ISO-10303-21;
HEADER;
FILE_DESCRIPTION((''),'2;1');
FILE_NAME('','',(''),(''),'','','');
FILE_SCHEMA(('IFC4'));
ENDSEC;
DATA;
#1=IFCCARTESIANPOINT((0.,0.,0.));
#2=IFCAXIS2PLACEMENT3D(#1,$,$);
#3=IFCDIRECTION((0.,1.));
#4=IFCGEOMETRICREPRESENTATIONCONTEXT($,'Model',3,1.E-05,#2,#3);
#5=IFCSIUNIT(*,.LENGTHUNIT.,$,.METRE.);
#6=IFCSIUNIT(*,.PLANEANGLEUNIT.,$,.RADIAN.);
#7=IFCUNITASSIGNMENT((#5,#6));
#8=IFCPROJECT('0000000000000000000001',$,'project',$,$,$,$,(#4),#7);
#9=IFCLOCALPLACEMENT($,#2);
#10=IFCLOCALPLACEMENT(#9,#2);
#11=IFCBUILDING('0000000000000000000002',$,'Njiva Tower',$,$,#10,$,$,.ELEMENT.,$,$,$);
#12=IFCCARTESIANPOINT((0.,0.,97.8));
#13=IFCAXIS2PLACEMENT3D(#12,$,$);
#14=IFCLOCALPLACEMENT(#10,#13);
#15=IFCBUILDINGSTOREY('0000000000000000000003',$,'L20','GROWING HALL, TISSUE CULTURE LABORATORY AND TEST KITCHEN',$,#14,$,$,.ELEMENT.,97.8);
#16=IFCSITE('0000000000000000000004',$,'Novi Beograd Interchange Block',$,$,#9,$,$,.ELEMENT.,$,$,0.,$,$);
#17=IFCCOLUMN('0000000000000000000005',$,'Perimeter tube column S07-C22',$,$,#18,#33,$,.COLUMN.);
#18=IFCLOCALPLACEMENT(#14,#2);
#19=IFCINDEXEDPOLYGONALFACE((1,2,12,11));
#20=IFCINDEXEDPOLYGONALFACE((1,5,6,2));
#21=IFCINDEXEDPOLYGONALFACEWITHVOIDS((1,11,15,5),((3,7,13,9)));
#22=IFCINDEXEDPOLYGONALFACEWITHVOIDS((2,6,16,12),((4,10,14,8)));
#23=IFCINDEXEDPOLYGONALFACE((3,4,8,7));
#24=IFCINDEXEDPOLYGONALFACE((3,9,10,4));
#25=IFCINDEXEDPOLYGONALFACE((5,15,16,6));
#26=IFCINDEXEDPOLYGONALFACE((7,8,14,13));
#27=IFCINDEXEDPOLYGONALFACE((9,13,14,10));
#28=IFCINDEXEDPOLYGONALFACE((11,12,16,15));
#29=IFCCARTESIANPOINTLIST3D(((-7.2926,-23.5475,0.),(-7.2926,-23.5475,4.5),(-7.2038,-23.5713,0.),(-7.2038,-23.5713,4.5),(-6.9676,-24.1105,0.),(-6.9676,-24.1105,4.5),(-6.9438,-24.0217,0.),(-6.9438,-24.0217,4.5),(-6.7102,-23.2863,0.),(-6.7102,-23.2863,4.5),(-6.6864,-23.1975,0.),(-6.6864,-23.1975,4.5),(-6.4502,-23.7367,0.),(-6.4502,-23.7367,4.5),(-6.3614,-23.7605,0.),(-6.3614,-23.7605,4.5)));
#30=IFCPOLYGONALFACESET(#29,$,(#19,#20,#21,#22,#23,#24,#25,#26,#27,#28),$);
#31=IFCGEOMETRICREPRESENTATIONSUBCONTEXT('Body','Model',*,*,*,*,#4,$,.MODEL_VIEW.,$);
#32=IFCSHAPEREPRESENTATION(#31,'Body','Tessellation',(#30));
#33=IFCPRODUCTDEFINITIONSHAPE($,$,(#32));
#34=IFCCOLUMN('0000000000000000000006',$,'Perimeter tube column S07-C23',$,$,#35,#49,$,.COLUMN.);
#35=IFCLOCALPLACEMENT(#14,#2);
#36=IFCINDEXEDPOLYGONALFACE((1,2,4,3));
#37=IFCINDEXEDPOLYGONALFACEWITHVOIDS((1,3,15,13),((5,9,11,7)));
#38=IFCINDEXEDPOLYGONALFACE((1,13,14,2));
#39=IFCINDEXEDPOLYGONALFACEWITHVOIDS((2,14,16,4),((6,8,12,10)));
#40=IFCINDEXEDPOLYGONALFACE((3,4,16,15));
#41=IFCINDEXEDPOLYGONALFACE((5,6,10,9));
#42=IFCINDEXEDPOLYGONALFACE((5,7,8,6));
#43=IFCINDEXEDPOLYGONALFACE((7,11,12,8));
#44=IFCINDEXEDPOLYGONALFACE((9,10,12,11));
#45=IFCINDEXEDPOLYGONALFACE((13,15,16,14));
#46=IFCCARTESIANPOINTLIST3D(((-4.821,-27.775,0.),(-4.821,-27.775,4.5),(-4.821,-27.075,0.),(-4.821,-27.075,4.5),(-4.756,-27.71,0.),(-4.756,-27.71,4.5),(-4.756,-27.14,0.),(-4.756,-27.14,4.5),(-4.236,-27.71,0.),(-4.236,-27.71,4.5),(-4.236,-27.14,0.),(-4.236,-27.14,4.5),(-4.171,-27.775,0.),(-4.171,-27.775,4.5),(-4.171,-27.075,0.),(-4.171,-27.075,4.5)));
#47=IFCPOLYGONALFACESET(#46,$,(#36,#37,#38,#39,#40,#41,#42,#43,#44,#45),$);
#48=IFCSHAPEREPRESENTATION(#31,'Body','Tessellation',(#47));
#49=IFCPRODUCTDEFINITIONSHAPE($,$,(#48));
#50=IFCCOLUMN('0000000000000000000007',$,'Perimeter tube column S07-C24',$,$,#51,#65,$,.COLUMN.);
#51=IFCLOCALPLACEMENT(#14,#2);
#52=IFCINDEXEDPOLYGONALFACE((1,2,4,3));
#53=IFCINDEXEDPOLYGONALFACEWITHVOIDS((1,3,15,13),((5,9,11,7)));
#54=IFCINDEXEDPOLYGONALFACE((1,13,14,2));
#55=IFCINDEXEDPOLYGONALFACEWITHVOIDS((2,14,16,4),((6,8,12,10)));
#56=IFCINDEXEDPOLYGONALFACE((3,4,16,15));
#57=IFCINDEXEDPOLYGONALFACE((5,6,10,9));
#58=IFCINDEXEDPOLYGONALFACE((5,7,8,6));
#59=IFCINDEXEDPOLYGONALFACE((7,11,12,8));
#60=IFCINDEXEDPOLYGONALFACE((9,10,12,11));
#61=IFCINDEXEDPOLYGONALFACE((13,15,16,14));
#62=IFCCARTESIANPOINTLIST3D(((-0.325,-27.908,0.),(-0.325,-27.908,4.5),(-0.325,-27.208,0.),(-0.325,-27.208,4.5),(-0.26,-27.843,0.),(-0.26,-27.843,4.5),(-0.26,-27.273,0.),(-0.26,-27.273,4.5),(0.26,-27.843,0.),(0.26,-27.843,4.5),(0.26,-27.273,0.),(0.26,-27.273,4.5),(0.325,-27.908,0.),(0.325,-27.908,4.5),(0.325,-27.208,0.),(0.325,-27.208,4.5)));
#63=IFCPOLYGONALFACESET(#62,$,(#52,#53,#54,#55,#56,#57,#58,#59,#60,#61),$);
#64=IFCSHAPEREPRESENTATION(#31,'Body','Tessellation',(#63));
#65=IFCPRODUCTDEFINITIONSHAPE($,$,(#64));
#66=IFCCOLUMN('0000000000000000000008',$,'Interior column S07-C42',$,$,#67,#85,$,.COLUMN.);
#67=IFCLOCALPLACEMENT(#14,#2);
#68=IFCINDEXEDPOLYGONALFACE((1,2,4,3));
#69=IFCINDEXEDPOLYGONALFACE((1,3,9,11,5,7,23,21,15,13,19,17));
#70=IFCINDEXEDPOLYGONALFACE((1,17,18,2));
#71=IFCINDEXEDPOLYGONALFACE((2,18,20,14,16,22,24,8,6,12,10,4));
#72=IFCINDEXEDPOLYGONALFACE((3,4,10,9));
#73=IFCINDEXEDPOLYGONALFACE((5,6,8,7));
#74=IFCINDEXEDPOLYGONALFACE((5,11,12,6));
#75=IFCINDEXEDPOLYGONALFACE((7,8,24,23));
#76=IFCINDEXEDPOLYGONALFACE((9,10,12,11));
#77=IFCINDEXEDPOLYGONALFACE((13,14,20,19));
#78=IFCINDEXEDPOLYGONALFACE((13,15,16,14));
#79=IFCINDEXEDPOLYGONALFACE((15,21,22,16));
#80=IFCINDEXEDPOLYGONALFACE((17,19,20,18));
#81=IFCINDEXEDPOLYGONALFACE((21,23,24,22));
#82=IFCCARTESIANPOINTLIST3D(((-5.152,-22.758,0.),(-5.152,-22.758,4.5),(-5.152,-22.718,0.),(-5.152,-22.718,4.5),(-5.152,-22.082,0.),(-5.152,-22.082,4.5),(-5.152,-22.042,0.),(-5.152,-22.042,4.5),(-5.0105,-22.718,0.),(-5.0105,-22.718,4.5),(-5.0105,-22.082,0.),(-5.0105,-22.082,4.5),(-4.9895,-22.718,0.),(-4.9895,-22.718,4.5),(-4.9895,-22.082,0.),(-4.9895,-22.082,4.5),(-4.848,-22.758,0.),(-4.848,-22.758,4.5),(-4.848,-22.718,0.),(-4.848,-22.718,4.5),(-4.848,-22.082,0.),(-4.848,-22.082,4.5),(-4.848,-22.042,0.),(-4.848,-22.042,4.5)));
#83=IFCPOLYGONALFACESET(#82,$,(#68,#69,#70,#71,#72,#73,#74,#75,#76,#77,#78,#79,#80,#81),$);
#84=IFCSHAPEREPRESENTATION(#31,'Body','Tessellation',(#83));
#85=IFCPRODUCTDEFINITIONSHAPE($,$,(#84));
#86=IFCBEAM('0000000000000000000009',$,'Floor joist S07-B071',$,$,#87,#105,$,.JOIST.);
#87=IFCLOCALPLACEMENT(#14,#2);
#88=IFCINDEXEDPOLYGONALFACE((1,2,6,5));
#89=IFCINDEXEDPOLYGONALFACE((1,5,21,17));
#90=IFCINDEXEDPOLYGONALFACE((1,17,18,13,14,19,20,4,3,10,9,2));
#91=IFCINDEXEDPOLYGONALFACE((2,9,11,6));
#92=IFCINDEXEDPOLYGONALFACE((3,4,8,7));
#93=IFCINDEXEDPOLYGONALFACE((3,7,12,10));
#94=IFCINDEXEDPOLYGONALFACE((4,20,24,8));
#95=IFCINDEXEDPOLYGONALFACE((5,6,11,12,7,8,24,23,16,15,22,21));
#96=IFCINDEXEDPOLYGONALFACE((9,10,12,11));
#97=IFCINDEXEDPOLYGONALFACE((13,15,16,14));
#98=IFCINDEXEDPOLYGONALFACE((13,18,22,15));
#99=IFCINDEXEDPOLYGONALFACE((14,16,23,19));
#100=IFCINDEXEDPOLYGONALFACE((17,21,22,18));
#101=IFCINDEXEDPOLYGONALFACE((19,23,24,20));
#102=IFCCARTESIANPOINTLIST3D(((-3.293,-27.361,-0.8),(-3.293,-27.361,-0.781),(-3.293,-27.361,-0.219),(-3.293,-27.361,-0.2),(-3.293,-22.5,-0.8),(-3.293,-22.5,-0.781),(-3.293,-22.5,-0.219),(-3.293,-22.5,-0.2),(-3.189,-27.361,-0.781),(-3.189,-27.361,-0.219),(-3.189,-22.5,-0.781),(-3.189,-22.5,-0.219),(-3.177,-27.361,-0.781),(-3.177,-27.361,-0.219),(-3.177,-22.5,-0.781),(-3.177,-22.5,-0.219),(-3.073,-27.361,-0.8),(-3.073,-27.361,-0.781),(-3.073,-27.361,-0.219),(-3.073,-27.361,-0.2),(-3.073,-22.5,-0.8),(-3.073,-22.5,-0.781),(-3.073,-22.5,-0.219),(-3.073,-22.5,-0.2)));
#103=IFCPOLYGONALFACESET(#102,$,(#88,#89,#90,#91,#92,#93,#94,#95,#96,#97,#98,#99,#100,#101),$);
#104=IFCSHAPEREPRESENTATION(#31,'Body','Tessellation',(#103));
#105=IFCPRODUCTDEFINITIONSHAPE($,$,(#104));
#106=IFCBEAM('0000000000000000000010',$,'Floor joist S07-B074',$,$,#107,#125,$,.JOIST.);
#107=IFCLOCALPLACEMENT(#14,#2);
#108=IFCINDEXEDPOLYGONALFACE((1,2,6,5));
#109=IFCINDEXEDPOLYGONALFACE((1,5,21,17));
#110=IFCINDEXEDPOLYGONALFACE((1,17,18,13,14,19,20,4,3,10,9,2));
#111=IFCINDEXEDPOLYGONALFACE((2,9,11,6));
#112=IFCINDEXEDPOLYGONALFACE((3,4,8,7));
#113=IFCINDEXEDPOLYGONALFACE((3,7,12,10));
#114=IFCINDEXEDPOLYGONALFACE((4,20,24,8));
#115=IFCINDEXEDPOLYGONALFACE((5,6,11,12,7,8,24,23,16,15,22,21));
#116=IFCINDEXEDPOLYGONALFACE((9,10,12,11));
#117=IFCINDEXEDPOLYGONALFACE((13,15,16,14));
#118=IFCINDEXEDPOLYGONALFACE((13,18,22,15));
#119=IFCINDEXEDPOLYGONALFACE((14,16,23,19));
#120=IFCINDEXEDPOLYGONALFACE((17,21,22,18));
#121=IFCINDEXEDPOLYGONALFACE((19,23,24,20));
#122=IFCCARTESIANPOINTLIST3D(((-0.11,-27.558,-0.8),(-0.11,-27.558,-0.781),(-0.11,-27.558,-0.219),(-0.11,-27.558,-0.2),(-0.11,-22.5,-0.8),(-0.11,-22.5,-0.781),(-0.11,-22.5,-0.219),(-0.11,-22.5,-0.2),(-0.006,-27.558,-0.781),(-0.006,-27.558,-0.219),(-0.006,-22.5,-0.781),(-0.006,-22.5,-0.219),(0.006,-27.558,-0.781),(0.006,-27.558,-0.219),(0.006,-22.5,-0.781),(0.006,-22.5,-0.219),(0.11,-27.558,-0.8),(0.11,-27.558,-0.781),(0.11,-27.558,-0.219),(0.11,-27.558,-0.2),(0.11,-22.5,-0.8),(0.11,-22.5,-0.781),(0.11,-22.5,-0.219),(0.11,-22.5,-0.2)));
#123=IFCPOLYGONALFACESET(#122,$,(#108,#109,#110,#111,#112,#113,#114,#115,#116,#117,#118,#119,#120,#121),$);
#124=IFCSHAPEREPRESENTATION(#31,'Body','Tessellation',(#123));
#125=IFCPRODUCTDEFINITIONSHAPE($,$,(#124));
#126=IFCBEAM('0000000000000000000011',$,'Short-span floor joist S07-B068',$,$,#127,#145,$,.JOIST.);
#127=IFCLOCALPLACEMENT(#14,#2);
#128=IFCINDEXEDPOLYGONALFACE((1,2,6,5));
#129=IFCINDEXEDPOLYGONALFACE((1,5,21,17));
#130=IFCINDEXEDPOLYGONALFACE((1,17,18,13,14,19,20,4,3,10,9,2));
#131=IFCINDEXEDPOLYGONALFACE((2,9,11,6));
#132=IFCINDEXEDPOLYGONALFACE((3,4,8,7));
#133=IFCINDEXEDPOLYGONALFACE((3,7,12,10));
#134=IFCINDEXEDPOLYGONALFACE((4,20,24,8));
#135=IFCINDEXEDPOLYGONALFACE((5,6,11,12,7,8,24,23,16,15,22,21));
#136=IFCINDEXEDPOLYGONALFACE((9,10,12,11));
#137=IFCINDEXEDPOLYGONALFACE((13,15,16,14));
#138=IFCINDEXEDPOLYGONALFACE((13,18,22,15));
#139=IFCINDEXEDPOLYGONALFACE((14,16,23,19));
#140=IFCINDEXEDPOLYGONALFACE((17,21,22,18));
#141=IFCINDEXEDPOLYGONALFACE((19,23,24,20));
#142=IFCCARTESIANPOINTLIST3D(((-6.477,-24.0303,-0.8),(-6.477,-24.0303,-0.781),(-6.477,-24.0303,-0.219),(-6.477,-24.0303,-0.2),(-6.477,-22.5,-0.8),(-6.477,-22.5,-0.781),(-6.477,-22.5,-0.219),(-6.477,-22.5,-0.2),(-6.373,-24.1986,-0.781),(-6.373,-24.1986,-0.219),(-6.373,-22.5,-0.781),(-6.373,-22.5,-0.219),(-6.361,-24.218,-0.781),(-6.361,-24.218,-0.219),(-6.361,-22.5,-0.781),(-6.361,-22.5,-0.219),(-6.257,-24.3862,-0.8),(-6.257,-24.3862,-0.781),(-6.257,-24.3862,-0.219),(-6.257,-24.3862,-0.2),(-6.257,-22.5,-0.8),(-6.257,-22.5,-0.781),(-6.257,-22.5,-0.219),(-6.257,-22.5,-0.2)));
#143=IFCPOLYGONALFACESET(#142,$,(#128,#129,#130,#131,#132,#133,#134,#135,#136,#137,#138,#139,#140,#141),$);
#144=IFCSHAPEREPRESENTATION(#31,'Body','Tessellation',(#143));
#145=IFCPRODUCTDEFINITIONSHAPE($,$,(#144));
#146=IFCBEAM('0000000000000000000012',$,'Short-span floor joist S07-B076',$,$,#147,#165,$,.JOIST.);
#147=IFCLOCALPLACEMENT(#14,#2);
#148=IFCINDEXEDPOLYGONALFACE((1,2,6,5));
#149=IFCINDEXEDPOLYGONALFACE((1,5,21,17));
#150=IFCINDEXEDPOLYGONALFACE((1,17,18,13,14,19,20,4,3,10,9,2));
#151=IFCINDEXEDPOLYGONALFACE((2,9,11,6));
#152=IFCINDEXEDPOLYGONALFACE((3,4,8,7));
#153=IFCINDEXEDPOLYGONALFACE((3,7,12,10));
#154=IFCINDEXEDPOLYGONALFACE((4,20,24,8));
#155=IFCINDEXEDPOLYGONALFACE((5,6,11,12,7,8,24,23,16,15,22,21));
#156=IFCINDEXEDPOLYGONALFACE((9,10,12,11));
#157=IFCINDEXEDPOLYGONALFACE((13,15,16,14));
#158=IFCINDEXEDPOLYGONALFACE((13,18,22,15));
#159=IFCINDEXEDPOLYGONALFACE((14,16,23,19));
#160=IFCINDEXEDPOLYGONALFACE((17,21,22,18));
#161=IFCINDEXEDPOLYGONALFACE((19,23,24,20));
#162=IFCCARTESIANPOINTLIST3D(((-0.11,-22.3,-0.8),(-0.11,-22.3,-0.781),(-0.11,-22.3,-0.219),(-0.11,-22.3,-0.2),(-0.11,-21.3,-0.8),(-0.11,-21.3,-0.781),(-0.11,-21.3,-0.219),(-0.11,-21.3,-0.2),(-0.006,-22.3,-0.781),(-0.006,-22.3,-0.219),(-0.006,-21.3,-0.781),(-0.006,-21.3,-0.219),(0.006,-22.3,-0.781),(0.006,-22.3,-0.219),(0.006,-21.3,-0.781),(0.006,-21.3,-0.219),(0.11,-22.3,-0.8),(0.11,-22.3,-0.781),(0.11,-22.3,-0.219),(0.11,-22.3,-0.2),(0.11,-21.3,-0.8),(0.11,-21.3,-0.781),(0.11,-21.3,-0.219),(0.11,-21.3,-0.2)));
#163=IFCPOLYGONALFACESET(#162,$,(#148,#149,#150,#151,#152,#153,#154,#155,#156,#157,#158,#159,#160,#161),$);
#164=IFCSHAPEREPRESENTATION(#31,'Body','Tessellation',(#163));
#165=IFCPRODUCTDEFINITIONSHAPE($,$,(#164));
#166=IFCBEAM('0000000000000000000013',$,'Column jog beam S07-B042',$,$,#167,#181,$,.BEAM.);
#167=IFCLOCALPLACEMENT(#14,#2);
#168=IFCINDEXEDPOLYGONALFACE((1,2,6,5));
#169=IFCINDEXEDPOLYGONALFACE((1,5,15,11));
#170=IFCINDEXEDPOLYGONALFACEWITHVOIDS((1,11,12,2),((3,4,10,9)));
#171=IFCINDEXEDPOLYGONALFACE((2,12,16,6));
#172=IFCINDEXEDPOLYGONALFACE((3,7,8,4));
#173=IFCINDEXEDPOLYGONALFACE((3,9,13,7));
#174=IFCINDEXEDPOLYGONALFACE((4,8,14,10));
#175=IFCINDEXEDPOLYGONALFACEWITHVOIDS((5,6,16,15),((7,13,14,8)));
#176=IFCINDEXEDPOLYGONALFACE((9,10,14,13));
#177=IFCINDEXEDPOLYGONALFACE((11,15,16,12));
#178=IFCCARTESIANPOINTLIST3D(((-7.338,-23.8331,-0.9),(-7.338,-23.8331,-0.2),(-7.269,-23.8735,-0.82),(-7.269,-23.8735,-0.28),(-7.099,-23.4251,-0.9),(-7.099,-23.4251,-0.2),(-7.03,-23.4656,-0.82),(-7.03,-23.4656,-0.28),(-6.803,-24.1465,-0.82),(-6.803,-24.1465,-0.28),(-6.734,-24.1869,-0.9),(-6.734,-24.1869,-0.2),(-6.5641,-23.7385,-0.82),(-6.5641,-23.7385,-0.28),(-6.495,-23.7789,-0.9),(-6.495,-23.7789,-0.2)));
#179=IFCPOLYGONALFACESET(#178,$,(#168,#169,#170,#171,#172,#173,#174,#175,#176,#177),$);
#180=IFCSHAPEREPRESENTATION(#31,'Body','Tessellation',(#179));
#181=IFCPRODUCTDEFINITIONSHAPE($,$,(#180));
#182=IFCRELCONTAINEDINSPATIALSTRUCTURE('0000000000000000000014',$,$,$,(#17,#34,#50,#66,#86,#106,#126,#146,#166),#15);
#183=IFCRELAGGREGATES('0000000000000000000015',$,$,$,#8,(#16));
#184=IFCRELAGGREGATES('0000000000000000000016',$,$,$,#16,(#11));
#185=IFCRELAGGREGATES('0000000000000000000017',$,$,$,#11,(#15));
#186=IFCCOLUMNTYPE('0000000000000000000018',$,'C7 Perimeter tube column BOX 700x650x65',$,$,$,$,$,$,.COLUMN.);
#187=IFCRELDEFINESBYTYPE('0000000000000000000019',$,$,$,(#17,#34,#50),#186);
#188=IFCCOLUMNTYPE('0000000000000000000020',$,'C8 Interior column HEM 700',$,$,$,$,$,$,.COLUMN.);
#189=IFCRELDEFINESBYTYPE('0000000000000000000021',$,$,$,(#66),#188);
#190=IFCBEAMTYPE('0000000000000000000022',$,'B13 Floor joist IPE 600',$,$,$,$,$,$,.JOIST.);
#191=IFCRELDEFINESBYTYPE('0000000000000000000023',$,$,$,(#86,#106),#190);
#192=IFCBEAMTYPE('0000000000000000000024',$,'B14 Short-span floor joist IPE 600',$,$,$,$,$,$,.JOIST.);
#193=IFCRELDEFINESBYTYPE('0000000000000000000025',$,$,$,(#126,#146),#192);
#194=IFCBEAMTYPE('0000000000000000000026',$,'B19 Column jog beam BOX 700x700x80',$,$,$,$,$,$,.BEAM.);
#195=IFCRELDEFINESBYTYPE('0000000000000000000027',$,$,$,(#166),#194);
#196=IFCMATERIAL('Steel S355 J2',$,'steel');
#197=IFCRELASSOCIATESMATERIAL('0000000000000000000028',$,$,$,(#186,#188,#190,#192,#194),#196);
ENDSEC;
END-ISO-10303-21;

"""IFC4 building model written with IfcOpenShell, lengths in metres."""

from ifc_helpers import new_model, si_unit, direction, frame, origin, origin_2d, place, context, subcontext, project, spatial, hollow_rectangle, i_section, extrude, clip, halfspace, material, material_profile, profile_set, type_object, element, save


model = new_model("IFC4")

# Units and contexts
model_context = context("Model", 3, precision=1e-05, world=origin(), true_north=direction((0.0, 1.0)))
body_context = subcontext(model_context, "Body", "Model", "MODEL_VIEW")
ifc_project = project(units=[si_unit("LENGTHUNIT", "METRE"), si_unit("PLANEANGLEUNIT", "RADIAN")], contexts=[model_context])

# Site, building, storey
site_placement = place(None, origin())
site = spatial("IfcSite", under=ifc_project, at=site_placement, Name="Novi Beograd Interchange Block", CompositionType="ELEMENT", RefElevation=0.0)
building_placement = place(site_placement, origin())
building = spatial("IfcBuilding", under=site, at=building_placement, Name="Njiva Tower", CompositionType="ELEMENT")
storey_placement = place(building_placement, frame((0.0, 0.0, 97.8)))
storey = spatial("IfcBuildingStorey", under=building, at=storey_placement, Name="L20", Description="GROWING HALL, TISSUE CULTURE LABORATORY AND TEST KITCHEN", CompositionType="ELEMENT", Elevation=97.8)

# Columns
ifc_material_1 = material(Name="Steel S355 J2", Category="steel")
ifc_material_profile_1 = material_profile(ifc_material_1, hollow_rectangle(XDim=0.65, YDim=0.7, WallThickness=0.065, at=origin_2d()), Name="BOX 700x650x65")
ifc_profile_set_1 = profile_set([ifc_material_profile_1], Name="Steel S355 J2")
column_type_1 = type_object("IfcColumnType", Name="C7 Perimeter tube column BOX 700x650x65", PredefinedType="COLUMN", material=ifc_profile_set_1)
for number, where, z_axis, x_axis, name in (
    (1, (-6.827, -23.654, 0.0), (0.0, 0.0, 1.0), (0.5, -0.866025, 0.0), "Perimeter tube column S07-C22"),
    (2, (-4.496, -27.425, 0.0), (0.0, 0.0, 1.0), (1.0, 0.0, 0.0), "Perimeter tube column S07-C23"),
    (3, (0.0, -27.558, 0.0), (0.0, 0.0, 1.0), (1.0, 0.0, 0.0), "Perimeter tube column S07-C24"),
):
    element("IfcColumn", number, at=place(storey_placement, frame(where, z_axis=z_axis, x_axis=x_axis)), inside=storey, type_object=column_type_1, Name=name, PredefinedType="COLUMN", context=body_context, shape_type="SweptSolid", body=[
        extrude(hollow_rectangle(XDim=0.65, YDim=0.7, WallThickness=0.065, at=origin_2d()), origin(), (0.0, 0.0, 1.0), 4.5),
    ])
ifc_material_profile_2 = material_profile(ifc_material_1, i_section(OverallWidth=0.304, OverallDepth=0.716, WebThickness=0.021, FlangeThickness=0.04, at=origin_2d()), Name="HEM 700")
ifc_profile_set_2 = profile_set([ifc_material_profile_2], Name="Steel S355 J2")
column_type_2 = type_object("IfcColumnType", Name="C8 Interior column HEM 700", PredefinedType="COLUMN", material=ifc_profile_set_2)
column_placement = place(storey_placement, frame((-5.0, -22.4, 0.0), z_axis=(0.0, 0.0, 1.0), x_axis=(1.0, 0.0, 0.0)))
element("IfcColumn", 4, at=column_placement, inside=storey, type_object=column_type_2, Name="Interior column S07-C42", PredefinedType="COLUMN", context=body_context, shape_type="SweptSolid", body=[
    extrude(i_section(OverallWidth=0.304, OverallDepth=0.716, WebThickness=0.021, FlangeThickness=0.04, at=origin_2d()), origin(), (0.0, 0.0, 1.0), 4.5),
])

# Beams
ifc_material_profile_3 = material_profile(ifc_material_1, i_section(OverallWidth=0.22, OverallDepth=0.6, WebThickness=0.012, FlangeThickness=0.019, at=origin_2d()), Name="IPE 600")
ifc_profile_set_3 = profile_set([ifc_material_profile_3], Name="Steel S355 J2")
beam_type_1 = type_object("IfcBeamType", Name="B13 Floor joist IPE 600", PredefinedType="JOIST", material=ifc_profile_set_3)
beam_1_placement = place(storey_placement, frame((-3.183, -22.5, -0.5), z_axis=(0.0, -1.0, 0.0), x_axis=(1.0, 0.0, 0.0)))
element("IfcBeam", 5, at=beam_1_placement, inside=storey, type_object=beam_type_1, Name="Floor joist S07-B071", PredefinedType="JOIST", context=body_context, shape_type="SweptSolid", body=[
    extrude(i_section(OverallWidth=0.22, OverallDepth=0.6, WebThickness=0.012, FlangeThickness=0.019, at=origin_2d()), origin(), (0.0, 0.0, 1.0), 4.861),
])
beam_2_placement = place(storey_placement, frame((0.0, -22.5, -0.5), z_axis=(0.0, -1.0, 0.0), x_axis=(1.0, 0.0, 0.0)))
element("IfcBeam", 6, at=beam_2_placement, inside=storey, type_object=beam_type_1, Name="Floor joist S07-B074", PredefinedType="JOIST", context=body_context, shape_type="SweptSolid", body=[
    extrude(i_section(OverallWidth=0.22, OverallDepth=0.6, WebThickness=0.012, FlangeThickness=0.019, at=origin_2d()), origin(), (0.0, 0.0, 1.0), 5.058),
])
ifc_material_profile_4 = material_profile(ifc_material_1, i_section(OverallWidth=0.22, OverallDepth=0.6, WebThickness=0.012, FlangeThickness=0.019, at=origin_2d()), Name="IPE 600")
ifc_profile_set_4 = profile_set([ifc_material_profile_4], Name="Steel S355 J2")
beam_type_2 = type_object("IfcBeamType", Name="B14 Short-span floor joist IPE 600", PredefinedType="JOIST", material=ifc_profile_set_4)
beam_3_placement = place(storey_placement, frame((-6.367, -22.5, -0.5), z_axis=(0.0, -1.0, 0.0), x_axis=(1.0, 0.0, 0.0)))
element("IfcBeam", 7, at=beam_3_placement, inside=storey, type_object=beam_type_2, Name="Short-span floor joist S07-B068", PredefinedType="JOIST", context=body_context, shape_type="Clipping", body=[
    clip(extrude(i_section(OverallWidth=0.22, OverallDepth=0.6, WebThickness=0.012, FlangeThickness=0.019, at=origin_2d()), origin(), (0.0, 0.0, 1.0), 1.907), halfspace(frame((-0.0422, 0.0, 1.64), z_axis=(-0.85062, 0.0, 0.52578), x_axis=(0.0, 1.0, 0.0)), False)),
])
beam_4_placement = place(storey_placement, frame((0.0, -21.3, -0.5), z_axis=(0.0, -1.0, 0.0), x_axis=(1.0, 0.0, 0.0)))
element("IfcBeam", 8, at=beam_4_placement, inside=storey, type_object=beam_type_2, Name="Short-span floor joist S07-B076", PredefinedType="JOIST", context=body_context, shape_type="SweptSolid", body=[
    extrude(i_section(OverallWidth=0.22, OverallDepth=0.6, WebThickness=0.012, FlangeThickness=0.019, at=origin_2d()), origin(), (0.0, 0.0, 1.0), 1.0),
])
ifc_material_profile_5 = material_profile(ifc_material_1, hollow_rectangle(XDim=0.7, YDim=0.7, WallThickness=0.08, at=origin_2d()), Name="BOX 700x700x80")
ifc_profile_set_5 = profile_set([ifc_material_profile_5], Name="Steel S355 J2")
beam_type_3 = type_object("IfcBeamType", Name="B19 Column jog beam BOX 700x700x80", PredefinedType="BEAM", material=ifc_profile_set_5)
beam_5_placement = place(storey_placement, frame((-7.036, -24.01, -0.55), z_axis=(0.505448, 0.862857, 0.0), x_axis=(-0.862857, 0.505448, 0.0)))
element("IfcBeam", 9, at=beam_5_placement, inside=storey, type_object=beam_type_3, Name="Column jog beam S07-B042", PredefinedType="BEAM", context=body_context, shape_type="SweptSolid", body=[
    extrude(hollow_rectangle(XDim=0.7, YDim=0.7, WallThickness=0.08, at=origin_2d()), origin(), (0.0, 0.0, 1.0), 0.4728),
])

save(model, "model.ifc")
